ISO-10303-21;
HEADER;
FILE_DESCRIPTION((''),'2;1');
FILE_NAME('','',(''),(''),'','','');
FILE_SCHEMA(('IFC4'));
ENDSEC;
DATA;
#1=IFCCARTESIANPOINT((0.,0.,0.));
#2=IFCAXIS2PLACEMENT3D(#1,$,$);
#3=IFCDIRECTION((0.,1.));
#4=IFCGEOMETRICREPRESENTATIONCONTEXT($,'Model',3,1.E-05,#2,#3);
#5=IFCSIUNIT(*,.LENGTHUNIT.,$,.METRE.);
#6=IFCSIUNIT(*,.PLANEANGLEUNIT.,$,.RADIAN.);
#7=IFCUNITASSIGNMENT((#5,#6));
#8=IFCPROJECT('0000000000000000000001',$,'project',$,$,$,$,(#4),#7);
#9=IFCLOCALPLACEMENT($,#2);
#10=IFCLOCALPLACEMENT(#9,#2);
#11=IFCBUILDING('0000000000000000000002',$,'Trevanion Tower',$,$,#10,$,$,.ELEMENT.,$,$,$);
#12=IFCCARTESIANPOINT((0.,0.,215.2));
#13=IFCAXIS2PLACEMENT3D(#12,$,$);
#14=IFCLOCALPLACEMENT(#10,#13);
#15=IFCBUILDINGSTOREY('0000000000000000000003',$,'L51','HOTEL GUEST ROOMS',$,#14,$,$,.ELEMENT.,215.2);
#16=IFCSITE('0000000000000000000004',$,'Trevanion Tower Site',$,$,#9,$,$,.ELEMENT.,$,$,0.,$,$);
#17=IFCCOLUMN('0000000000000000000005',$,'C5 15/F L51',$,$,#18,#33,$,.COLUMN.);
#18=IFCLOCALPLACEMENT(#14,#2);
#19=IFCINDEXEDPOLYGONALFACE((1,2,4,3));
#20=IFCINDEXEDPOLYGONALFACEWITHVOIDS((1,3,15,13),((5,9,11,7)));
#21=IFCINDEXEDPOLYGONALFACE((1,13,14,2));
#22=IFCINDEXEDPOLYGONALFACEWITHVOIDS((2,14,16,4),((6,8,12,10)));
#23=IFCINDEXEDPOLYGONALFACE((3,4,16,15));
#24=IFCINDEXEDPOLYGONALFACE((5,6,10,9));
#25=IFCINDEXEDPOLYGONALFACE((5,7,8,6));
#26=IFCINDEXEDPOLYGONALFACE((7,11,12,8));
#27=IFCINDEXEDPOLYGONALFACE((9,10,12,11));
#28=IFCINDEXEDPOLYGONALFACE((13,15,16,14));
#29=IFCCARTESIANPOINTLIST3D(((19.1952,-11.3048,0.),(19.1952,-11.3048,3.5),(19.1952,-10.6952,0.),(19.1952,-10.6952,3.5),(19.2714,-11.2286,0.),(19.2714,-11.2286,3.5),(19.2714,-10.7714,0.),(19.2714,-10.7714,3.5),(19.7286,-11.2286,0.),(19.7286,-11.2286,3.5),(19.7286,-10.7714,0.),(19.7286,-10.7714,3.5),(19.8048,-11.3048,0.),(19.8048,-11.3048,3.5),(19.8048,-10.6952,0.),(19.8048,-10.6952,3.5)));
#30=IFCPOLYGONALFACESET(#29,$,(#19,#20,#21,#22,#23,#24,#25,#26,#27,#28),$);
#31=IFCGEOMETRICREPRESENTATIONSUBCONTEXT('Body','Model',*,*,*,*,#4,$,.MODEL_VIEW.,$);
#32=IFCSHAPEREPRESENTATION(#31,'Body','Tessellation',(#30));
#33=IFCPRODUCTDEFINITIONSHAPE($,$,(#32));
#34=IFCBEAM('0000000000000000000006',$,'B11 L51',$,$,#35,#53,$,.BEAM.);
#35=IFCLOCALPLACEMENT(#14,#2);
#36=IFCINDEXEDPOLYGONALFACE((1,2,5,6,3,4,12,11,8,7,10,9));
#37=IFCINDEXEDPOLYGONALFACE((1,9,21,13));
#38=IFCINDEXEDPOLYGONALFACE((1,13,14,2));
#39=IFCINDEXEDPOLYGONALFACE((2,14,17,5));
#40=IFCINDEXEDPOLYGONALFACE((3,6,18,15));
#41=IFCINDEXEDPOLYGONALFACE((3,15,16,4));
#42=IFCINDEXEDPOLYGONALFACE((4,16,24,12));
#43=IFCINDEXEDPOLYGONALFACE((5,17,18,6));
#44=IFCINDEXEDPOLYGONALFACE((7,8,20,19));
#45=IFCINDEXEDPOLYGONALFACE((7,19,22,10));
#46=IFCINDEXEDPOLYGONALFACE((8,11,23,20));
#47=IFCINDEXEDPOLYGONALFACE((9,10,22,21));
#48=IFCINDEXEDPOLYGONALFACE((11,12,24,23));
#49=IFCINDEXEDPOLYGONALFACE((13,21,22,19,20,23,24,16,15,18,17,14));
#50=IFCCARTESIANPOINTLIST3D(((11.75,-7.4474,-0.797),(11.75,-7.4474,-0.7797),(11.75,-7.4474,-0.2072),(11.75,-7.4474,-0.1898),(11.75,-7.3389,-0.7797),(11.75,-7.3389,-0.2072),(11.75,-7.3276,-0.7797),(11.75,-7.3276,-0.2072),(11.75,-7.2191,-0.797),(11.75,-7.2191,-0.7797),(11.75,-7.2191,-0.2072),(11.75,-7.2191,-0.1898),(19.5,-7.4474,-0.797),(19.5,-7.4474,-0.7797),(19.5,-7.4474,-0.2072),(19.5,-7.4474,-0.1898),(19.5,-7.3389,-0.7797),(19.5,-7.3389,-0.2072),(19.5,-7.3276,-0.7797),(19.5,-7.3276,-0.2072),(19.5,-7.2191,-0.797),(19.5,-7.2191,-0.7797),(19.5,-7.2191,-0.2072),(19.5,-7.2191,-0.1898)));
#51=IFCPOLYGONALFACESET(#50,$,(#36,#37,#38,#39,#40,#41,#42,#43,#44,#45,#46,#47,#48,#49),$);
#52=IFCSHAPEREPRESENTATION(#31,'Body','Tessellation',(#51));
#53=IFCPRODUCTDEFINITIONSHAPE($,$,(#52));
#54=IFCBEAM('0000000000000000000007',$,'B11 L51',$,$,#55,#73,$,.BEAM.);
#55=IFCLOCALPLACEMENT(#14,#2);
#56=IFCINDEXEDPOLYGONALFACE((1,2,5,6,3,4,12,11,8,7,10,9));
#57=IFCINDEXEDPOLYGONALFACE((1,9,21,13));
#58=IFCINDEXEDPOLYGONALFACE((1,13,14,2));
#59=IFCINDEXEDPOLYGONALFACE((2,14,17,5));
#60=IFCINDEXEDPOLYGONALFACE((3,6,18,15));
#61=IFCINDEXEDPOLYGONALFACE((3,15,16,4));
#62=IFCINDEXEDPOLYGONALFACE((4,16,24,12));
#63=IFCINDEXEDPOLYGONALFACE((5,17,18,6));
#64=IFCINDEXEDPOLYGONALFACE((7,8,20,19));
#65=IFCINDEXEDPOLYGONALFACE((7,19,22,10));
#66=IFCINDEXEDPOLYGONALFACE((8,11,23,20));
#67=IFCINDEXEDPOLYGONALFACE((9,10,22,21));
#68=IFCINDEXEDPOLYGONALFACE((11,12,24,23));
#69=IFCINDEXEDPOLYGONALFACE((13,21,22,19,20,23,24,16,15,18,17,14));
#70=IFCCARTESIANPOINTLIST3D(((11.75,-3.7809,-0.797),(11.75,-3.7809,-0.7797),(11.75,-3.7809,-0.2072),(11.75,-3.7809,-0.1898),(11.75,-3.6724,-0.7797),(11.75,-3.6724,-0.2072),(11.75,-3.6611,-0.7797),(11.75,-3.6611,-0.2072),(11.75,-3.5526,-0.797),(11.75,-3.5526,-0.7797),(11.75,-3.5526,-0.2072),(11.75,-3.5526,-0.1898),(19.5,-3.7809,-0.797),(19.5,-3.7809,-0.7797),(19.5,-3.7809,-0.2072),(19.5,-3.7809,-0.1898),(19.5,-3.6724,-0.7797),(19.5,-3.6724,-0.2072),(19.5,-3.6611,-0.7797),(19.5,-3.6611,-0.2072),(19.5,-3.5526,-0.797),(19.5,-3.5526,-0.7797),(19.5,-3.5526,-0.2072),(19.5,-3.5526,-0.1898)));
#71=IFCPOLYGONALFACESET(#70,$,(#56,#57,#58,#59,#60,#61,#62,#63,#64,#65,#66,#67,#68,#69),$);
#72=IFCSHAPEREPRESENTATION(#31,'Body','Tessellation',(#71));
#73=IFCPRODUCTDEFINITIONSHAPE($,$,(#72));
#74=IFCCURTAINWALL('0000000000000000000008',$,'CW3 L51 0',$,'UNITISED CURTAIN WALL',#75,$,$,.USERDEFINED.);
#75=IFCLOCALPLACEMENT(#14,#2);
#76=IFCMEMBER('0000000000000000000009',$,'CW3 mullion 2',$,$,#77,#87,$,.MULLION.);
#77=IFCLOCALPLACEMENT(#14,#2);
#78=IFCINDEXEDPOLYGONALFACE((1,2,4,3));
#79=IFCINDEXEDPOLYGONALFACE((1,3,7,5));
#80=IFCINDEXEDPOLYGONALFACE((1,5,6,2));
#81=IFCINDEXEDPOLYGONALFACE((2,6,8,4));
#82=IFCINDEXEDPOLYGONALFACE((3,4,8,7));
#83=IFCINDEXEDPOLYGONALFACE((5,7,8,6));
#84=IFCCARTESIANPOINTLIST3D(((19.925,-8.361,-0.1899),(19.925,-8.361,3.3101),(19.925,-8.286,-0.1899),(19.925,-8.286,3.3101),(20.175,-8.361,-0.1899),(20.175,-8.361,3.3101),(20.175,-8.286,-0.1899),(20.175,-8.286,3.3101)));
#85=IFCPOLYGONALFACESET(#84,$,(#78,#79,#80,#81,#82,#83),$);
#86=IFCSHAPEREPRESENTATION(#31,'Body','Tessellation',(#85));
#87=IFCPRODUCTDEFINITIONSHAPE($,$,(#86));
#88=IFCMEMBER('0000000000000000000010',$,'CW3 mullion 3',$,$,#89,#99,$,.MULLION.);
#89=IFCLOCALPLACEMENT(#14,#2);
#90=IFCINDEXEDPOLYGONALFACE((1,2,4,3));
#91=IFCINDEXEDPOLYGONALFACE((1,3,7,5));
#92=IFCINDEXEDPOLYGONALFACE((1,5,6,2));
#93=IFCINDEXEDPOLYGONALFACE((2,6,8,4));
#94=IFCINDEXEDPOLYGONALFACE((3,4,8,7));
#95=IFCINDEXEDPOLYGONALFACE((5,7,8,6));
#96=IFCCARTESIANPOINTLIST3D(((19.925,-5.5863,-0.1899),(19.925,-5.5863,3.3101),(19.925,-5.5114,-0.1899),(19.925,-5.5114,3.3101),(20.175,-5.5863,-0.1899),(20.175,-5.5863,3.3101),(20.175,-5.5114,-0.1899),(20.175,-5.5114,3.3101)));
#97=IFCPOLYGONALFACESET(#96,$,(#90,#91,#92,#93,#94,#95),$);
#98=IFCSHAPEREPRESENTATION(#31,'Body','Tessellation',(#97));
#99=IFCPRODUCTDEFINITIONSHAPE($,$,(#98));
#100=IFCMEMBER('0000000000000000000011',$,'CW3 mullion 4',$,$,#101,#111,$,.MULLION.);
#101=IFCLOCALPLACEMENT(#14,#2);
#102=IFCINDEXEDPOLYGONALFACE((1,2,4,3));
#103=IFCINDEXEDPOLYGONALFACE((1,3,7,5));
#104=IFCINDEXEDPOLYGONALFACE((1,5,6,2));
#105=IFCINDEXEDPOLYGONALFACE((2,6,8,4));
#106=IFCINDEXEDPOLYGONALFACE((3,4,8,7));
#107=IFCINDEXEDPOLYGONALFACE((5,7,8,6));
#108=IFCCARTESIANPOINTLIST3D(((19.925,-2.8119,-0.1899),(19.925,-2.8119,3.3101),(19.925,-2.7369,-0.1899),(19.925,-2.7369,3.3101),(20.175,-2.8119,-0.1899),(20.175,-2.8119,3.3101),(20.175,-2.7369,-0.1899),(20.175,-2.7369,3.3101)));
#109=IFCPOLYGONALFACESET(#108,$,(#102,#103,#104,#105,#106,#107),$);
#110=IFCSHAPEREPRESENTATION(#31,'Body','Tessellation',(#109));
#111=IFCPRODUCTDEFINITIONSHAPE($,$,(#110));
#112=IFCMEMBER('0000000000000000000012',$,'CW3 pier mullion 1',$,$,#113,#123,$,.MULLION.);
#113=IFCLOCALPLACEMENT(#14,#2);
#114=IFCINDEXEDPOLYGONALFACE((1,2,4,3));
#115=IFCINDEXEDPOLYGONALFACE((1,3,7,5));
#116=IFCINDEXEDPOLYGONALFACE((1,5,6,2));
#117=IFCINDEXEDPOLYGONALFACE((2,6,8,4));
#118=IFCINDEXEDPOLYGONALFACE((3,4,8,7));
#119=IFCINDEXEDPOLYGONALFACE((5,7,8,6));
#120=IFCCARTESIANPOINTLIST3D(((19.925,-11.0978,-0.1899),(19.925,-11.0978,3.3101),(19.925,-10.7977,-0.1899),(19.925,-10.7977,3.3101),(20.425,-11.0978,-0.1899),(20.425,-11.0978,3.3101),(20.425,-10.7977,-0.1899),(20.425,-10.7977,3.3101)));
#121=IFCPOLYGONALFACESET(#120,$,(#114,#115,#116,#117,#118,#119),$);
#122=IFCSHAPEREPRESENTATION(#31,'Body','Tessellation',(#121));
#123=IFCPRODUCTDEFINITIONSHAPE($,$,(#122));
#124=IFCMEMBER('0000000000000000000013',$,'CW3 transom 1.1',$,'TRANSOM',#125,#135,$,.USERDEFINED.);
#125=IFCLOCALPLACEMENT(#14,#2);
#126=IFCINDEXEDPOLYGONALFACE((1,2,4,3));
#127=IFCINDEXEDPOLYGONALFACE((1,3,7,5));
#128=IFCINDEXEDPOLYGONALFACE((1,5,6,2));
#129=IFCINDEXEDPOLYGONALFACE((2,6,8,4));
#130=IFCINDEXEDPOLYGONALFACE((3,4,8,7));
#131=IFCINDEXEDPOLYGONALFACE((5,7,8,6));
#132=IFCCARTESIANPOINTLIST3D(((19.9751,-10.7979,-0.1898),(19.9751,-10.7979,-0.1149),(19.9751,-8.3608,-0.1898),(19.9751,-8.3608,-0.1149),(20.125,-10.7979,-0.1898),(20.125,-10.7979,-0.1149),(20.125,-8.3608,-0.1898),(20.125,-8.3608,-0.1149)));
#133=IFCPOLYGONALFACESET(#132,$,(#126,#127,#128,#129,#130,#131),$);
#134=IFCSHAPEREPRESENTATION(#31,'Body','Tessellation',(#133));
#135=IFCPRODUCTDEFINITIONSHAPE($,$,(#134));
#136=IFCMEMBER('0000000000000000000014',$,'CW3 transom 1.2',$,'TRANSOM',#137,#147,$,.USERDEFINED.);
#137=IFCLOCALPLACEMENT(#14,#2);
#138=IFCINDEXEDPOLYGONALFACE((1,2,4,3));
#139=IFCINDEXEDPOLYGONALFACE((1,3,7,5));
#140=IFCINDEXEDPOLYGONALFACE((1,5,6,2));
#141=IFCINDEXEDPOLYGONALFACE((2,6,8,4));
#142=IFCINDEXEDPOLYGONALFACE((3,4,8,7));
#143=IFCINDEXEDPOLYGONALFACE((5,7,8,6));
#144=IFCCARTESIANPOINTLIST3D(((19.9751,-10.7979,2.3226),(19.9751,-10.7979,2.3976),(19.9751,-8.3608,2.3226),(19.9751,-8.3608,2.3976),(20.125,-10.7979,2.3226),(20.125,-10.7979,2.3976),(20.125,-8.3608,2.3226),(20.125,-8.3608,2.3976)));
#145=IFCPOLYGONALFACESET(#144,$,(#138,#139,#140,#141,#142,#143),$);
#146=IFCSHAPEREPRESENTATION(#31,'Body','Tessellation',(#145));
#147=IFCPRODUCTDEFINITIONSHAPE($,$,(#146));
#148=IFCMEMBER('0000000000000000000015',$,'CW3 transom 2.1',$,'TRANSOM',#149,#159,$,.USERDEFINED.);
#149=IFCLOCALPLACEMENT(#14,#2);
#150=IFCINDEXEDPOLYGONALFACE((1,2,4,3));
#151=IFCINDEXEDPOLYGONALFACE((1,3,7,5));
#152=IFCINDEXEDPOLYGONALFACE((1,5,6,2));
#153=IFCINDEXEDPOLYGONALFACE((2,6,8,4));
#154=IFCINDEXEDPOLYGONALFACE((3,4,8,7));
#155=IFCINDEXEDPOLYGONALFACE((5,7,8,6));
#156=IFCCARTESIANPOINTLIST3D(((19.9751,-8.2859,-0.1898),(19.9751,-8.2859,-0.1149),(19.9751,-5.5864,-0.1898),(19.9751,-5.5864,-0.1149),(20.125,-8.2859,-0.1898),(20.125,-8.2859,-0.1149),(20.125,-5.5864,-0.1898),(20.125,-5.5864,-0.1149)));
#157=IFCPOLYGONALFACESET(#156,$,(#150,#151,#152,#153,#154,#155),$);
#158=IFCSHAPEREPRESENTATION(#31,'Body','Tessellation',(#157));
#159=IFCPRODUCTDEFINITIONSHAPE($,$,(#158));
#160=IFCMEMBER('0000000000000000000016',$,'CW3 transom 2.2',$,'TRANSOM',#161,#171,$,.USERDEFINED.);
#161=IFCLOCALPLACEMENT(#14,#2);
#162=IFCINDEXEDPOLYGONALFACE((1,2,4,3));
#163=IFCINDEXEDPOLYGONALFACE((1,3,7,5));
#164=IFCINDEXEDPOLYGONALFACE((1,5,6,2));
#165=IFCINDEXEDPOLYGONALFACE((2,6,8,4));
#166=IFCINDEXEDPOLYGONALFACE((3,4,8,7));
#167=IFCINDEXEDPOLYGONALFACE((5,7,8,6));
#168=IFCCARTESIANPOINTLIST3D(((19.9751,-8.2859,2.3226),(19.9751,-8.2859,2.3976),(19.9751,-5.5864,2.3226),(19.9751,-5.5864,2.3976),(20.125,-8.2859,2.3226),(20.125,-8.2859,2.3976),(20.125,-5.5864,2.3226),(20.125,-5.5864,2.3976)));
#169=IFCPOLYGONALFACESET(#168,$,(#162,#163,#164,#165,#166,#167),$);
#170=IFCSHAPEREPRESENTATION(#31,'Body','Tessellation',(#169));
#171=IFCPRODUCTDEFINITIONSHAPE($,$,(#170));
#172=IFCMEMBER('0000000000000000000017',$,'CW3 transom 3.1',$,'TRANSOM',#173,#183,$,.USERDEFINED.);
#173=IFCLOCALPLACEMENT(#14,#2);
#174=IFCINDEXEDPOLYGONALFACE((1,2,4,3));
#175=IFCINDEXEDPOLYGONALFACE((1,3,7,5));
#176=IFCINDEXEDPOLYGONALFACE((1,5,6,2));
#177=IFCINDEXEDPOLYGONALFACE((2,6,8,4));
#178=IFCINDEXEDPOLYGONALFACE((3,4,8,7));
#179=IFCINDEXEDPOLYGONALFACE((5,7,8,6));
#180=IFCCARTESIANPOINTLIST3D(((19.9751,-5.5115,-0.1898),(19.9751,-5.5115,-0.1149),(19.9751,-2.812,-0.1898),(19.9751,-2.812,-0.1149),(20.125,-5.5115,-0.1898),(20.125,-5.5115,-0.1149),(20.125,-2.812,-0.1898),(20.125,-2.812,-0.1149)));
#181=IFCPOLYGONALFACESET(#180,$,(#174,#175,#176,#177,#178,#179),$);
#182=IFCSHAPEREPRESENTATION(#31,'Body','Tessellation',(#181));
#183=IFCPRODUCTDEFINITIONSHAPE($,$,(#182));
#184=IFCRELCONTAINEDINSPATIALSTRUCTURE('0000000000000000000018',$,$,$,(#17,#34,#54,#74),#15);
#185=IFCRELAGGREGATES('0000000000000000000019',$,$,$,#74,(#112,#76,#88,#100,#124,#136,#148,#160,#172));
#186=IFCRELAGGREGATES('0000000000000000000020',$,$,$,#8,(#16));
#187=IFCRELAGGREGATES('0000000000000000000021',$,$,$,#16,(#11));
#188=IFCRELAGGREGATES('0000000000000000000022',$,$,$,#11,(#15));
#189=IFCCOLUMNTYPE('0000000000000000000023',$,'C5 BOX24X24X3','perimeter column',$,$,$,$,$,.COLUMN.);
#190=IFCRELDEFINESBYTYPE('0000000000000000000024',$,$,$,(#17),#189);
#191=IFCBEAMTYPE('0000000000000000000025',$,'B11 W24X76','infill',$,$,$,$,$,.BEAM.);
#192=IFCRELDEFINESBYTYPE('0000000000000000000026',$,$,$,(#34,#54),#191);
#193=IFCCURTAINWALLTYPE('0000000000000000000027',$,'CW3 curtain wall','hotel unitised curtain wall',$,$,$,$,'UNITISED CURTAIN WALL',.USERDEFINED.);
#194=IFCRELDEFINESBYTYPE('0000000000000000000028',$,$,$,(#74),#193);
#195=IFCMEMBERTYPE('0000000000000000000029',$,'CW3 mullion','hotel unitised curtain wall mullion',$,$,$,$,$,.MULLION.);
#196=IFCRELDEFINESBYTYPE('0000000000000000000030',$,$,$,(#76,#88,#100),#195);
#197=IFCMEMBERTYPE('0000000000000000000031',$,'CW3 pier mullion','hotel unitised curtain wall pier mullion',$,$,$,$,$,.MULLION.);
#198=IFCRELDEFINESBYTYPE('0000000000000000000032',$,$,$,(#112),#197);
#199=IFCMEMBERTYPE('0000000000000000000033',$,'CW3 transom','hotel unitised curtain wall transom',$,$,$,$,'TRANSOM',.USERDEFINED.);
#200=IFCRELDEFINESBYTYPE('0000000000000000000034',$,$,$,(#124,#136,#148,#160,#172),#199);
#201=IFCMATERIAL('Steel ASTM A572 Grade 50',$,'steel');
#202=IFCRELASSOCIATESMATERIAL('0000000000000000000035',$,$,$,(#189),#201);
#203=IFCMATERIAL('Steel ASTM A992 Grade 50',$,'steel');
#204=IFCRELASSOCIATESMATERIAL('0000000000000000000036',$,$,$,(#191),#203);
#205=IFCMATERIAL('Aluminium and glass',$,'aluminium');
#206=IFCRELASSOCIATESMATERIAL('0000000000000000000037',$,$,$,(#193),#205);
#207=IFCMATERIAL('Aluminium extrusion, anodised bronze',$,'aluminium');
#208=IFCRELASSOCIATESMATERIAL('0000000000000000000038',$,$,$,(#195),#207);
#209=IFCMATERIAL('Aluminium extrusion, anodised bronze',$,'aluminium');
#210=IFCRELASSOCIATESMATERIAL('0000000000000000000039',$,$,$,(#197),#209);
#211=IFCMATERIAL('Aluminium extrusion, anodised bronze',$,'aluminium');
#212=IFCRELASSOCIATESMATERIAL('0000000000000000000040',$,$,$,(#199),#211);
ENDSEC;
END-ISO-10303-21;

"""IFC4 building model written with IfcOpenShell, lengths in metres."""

from ifc_helpers import new_model, si_unit, direction, frame, origin, origin_2d, place, context, subcontext, project, spatial, rectangle, hollow_rectangle, i_section, extrude, material, material_profile, profile_set, type_object, element, aggregate, save


model = new_model("IFC4")

# Units and contexts
model_context = context("Model", 3, precision=1e-05, world=origin(), true_north=direction((0.0, 1.0)))
body_context = subcontext(model_context, "Body", "Model", "MODEL_VIEW")
ifc_project = project(units=[si_unit("LENGTHUNIT", "METRE"), si_unit("PLANEANGLEUNIT", "RADIAN")], contexts=[model_context])

# Site, building, storey
site_placement = place(None, origin())
site = spatial("IfcSite", under=ifc_project, at=site_placement, Name="Trevanion Tower Site", CompositionType="ELEMENT", RefElevation=0.0)
building_placement = place(site_placement, origin())
building = spatial("IfcBuilding", under=site, at=building_placement, Name="Trevanion Tower", CompositionType="ELEMENT")
storey_placement = place(building_placement, frame((0.0, 0.0, 215.2)))
storey = spatial("IfcBuildingStorey", under=building, at=storey_placement, Name="L51", Description="HOTEL GUEST ROOMS", CompositionType="ELEMENT", Elevation=215.2)

# Column
ifc_material_1 = material(Name="Steel ASTM A572 Grade 50", Category="steel")
ifc_material_profile_1 = material_profile(ifc_material_1, hollow_rectangle(XDim=0.6096, YDim=0.6096, WallThickness=0.0762, at=origin_2d()), Name="BOX24X24X3")
ifc_profile_set_1 = profile_set([ifc_material_profile_1], Name="Steel ASTM A572 Grade 50")
column_type = type_object("IfcColumnType", Name="C5 BOX24X24X3", Description="perimeter column", PredefinedType="COLUMN", material=ifc_profile_set_1)
column_placement = place(storey_placement, frame((19.5, -11.0, 0.0), z_axis=(0.0, 0.0, 1.0), x_axis=(0.0, 1.0, 0.0)))
element("IfcColumn", 1, at=column_placement, inside=storey, type_object=column_type, Name="C5 15/F L51", PredefinedType="COLUMN", context=body_context, shape_type="SweptSolid", body=[
    extrude(hollow_rectangle(XDim=0.6096, YDim=0.6096, WallThickness=0.0762, at=origin_2d()), origin(), (0.0, 0.0, 1.0), 3.5),
])

# Beams
ifc_material_2 = material(Name="Steel ASTM A992 Grade 50", Category="steel")
ifc_material_profile_2 = material_profile(ifc_material_2, i_section(OverallWidth=0.2283, OverallDepth=0.6072, WebThickness=0.0112, FlangeThickness=0.0173, at=origin_2d()), Name="W24X76")
ifc_profile_set_2 = profile_set([ifc_material_profile_2], Name="Steel ASTM A992 Grade 50")
beam_type_1 = type_object("IfcBeamType", Name="B11 W24X76", Description="infill", PredefinedType="BEAM", material=ifc_profile_set_2)
for number, where, z_axis, x_axis, name in (
    (2, (11.75, -7.3333, -0.4934), (1.0, 0.0, 0.0), (0.0, 1.0, 0.0), "B11 L51"),
    (3, (11.75, -3.6667, -0.4934), (1.0, 0.0, 0.0), (0.0, 1.0, 0.0), "B11 L51"),
):
    element("IfcBeam", number, at=place(storey_placement, frame(where, z_axis=z_axis, x_axis=x_axis)), inside=storey, type_object=beam_type_1, Name=name, PredefinedType="BEAM", context=body_context, shape_type="SweptSolid", body=[
        extrude(i_section(OverallWidth=0.2283, OverallDepth=0.6072, WebThickness=0.0112, FlangeThickness=0.0173, at=origin_2d()), origin(), (0.0, 0.0, 1.0), 7.75),
    ])

# Curtain wall, members
ifc_material_3 = material(Name="Aluminium and glass", Category="aluminium")
curtain_wall_type = type_object("IfcCurtainWallType", Name="CW3 curtain wall", Description="hotel unitised curtain wall", ElementType="UNITISED CURTAIN WALL", PredefinedType="USERDEFINED", material=ifc_material_3)
curtain_wall_placement = place(storey_placement, origin())
curtain_wall = element("IfcCurtainWall", 4, at=curtain_wall_placement, inside=storey, type_object=curtain_wall_type, Name="CW3 L51 0", ObjectType="UNITISED CURTAIN WALL", PredefinedType="USERDEFINED")
ifc_material_4 = material(Name="Aluminium extrusion, anodised bronze", Category="aluminium")
ifc_material_profile_3 = material_profile(ifc_material_4, rectangle(XDim=0.075, YDim=0.25, at=origin_2d()), Name="CW3 mullion")
ifc_profile_set_3 = profile_set([ifc_material_profile_3], Name="Aluminium extrusion, anodised bronze")
member_type_1 = type_object("IfcMemberType", Name="CW3 mullion", Description="hotel unitised curtain wall mullion", PredefinedType="MULLION", material=ifc_profile_set_3)
member_1_placement = place(storey_placement, frame((20.05, -8.3235, -0.1899), z_axis=(0.0, 0.0, 1.0), x_axis=(0.0, 1.0, 0.0)))
member_1 = element("IfcMember", 5, at=member_1_placement, type_object=member_type_1, Name="CW3 mullion 2", PredefinedType="MULLION", context=body_context, shape_type="SweptSolid", body=[
    extrude(rectangle(XDim=0.075, YDim=0.25, at=origin_2d()), origin(), (0.0, 0.0, 1.0), 3.5),
])
member_2_placement = place(storey_placement, frame((20.05, -5.5488, -0.1899), z_axis=(0.0, 0.0, 1.0), x_axis=(0.0, 1.0, 0.0)))
member_2 = element("IfcMember", 6, at=member_2_placement, type_object=member_type_1, Name="CW3 mullion 3", PredefinedType="MULLION", context=body_context, shape_type="SweptSolid", body=[
    extrude(rectangle(XDim=0.075, YDim=0.25, at=origin_2d()), origin(), (0.0, 0.0, 1.0), 3.5),
])
member_3_placement = place(storey_placement, frame((20.05, -2.7744, -0.1899), z_axis=(0.0, 0.0, 1.0), x_axis=(0.0, 1.0, 0.0)))
member_3 = element("IfcMember", 7, at=member_3_placement, type_object=member_type_1, Name="CW3 mullion 4", PredefinedType="MULLION", context=body_context, shape_type="SweptSolid", body=[
    extrude(rectangle(XDim=0.075, YDim=0.25, at=origin_2d()), origin(), (0.0, 0.0, 1.0), 3.5),
])
ifc_material_5 = material(Name="Aluminium extrusion, anodised bronze", Category="aluminium")
ifc_material_profile_4 = material_profile(ifc_material_5, rectangle(XDim=0.3, YDim=0.5, at=origin_2d()), Name="CW3 pier mullion")
ifc_profile_set_4 = profile_set([ifc_material_profile_4], Name="Aluminium extrusion, anodised bronze")
member_type_2 = type_object("IfcMemberType", Name="CW3 pier mullion", Description="hotel unitised curtain wall pier mullion", PredefinedType="MULLION", material=ifc_profile_set_4)
member_4_placement = place(storey_placement, frame((20.175, -10.9478, -0.1899), z_axis=(0.0, 0.0, 1.0), x_axis=(0.0, 1.0, 0.0)))
member_4 = element("IfcMember", 8, at=member_4_placement, type_object=member_type_2, Name="CW3 pier mullion 1", PredefinedType="MULLION", context=body_context, shape_type="SweptSolid", body=[
    extrude(rectangle(XDim=0.3, YDim=0.5, at=origin_2d()), origin(), (0.0, 0.0, 1.0), 3.5),
])
ifc_material_6 = material(Name="Aluminium extrusion, anodised bronze", Category="aluminium")
ifc_material_profile_5 = material_profile(ifc_material_6, rectangle(XDim=0.1499, YDim=0.075, at=origin_2d()), Name="CW3 transom")
ifc_profile_set_5 = profile_set([ifc_material_profile_5], Name="Aluminium extrusion, anodised bronze")
member_type_3 = type_object("IfcMemberType", Name="CW3 transom", Description="hotel unitised curtain wall transom", ElementType="TRANSOM", PredefinedType="USERDEFINED", material=ifc_profile_set_5)
member_5_placement = place(storey_placement, frame((20.05, -10.7979, -0.1523), z_axis=(0.0, 1.0, 0.0), x_axis=(-1.0, 0.0, 0.0)))
member_5 = element("IfcMember", 9, at=member_5_placement, type_object=member_type_3, Name="CW3 transom 1.1", ObjectType="TRANSOM", PredefinedType="USERDEFINED", context=body_context, shape_type="SweptSolid", body=[
    extrude(rectangle(XDim=0.1499, YDim=0.075, at=origin_2d()), origin(), (0.0, 0.0, 1.0), 2.437),
])
member_6_placement = place(storey_placement, frame((20.05, -10.7979, 2.3601), z_axis=(0.0, 1.0, 0.0), x_axis=(-1.0, 0.0, 0.0)))
member_6 = element("IfcMember", 10, at=member_6_placement, type_object=member_type_3, Name="CW3 transom 1.2", ObjectType="TRANSOM", PredefinedType="USERDEFINED", context=body_context, shape_type="SweptSolid", body=[
    extrude(rectangle(XDim=0.1499, YDim=0.075, at=origin_2d()), origin(), (0.0, 0.0, 1.0), 2.437),
])
member_7_placement = place(storey_placement, frame((20.05, -8.2859, -0.1523), z_axis=(0.0, 1.0, 0.0), x_axis=(-1.0, 0.0, 0.0)))
member_7 = element("IfcMember", 11, at=member_7_placement, type_object=member_type_3, Name="CW3 transom 2.1", ObjectType="TRANSOM", PredefinedType="USERDEFINED", context=body_context, shape_type="SweptSolid", body=[
    extrude(rectangle(XDim=0.1499, YDim=0.075, at=origin_2d()), origin(), (0.0, 0.0, 1.0), 2.6995),
])
member_8_placement = place(storey_placement, frame((20.05, -8.2859, 2.3601), z_axis=(0.0, 1.0, 0.0), x_axis=(-1.0, 0.0, 0.0)))
member_8 = element("IfcMember", 12, at=member_8_placement, type_object=member_type_3, Name="CW3 transom 2.2", ObjectType="TRANSOM", PredefinedType="USERDEFINED", context=body_context, shape_type="SweptSolid", body=[
    extrude(rectangle(XDim=0.1499, YDim=0.075, at=origin_2d()), origin(), (0.0, 0.0, 1.0), 2.6995),
])
member_9_placement = place(storey_placement, frame((20.05, -5.5115, -0.1523), z_axis=(0.0, 1.0, 0.0), x_axis=(-1.0, 0.0, 0.0)))
member_9 = element("IfcMember", 13, at=member_9_placement, type_object=member_type_3, Name="CW3 transom 3.1", ObjectType="TRANSOM", PredefinedType="USERDEFINED", context=body_context, shape_type="SweptSolid", body=[
    extrude(rectangle(XDim=0.1499, YDim=0.075, at=origin_2d()), origin(), (0.0, 0.0, 1.0), 2.6995),
])

aggregate(curtain_wall, [member_4, member_1, member_2, member_3, member_5, member_6, member_7, member_8, member_9])

save(model, "model.ifc")
